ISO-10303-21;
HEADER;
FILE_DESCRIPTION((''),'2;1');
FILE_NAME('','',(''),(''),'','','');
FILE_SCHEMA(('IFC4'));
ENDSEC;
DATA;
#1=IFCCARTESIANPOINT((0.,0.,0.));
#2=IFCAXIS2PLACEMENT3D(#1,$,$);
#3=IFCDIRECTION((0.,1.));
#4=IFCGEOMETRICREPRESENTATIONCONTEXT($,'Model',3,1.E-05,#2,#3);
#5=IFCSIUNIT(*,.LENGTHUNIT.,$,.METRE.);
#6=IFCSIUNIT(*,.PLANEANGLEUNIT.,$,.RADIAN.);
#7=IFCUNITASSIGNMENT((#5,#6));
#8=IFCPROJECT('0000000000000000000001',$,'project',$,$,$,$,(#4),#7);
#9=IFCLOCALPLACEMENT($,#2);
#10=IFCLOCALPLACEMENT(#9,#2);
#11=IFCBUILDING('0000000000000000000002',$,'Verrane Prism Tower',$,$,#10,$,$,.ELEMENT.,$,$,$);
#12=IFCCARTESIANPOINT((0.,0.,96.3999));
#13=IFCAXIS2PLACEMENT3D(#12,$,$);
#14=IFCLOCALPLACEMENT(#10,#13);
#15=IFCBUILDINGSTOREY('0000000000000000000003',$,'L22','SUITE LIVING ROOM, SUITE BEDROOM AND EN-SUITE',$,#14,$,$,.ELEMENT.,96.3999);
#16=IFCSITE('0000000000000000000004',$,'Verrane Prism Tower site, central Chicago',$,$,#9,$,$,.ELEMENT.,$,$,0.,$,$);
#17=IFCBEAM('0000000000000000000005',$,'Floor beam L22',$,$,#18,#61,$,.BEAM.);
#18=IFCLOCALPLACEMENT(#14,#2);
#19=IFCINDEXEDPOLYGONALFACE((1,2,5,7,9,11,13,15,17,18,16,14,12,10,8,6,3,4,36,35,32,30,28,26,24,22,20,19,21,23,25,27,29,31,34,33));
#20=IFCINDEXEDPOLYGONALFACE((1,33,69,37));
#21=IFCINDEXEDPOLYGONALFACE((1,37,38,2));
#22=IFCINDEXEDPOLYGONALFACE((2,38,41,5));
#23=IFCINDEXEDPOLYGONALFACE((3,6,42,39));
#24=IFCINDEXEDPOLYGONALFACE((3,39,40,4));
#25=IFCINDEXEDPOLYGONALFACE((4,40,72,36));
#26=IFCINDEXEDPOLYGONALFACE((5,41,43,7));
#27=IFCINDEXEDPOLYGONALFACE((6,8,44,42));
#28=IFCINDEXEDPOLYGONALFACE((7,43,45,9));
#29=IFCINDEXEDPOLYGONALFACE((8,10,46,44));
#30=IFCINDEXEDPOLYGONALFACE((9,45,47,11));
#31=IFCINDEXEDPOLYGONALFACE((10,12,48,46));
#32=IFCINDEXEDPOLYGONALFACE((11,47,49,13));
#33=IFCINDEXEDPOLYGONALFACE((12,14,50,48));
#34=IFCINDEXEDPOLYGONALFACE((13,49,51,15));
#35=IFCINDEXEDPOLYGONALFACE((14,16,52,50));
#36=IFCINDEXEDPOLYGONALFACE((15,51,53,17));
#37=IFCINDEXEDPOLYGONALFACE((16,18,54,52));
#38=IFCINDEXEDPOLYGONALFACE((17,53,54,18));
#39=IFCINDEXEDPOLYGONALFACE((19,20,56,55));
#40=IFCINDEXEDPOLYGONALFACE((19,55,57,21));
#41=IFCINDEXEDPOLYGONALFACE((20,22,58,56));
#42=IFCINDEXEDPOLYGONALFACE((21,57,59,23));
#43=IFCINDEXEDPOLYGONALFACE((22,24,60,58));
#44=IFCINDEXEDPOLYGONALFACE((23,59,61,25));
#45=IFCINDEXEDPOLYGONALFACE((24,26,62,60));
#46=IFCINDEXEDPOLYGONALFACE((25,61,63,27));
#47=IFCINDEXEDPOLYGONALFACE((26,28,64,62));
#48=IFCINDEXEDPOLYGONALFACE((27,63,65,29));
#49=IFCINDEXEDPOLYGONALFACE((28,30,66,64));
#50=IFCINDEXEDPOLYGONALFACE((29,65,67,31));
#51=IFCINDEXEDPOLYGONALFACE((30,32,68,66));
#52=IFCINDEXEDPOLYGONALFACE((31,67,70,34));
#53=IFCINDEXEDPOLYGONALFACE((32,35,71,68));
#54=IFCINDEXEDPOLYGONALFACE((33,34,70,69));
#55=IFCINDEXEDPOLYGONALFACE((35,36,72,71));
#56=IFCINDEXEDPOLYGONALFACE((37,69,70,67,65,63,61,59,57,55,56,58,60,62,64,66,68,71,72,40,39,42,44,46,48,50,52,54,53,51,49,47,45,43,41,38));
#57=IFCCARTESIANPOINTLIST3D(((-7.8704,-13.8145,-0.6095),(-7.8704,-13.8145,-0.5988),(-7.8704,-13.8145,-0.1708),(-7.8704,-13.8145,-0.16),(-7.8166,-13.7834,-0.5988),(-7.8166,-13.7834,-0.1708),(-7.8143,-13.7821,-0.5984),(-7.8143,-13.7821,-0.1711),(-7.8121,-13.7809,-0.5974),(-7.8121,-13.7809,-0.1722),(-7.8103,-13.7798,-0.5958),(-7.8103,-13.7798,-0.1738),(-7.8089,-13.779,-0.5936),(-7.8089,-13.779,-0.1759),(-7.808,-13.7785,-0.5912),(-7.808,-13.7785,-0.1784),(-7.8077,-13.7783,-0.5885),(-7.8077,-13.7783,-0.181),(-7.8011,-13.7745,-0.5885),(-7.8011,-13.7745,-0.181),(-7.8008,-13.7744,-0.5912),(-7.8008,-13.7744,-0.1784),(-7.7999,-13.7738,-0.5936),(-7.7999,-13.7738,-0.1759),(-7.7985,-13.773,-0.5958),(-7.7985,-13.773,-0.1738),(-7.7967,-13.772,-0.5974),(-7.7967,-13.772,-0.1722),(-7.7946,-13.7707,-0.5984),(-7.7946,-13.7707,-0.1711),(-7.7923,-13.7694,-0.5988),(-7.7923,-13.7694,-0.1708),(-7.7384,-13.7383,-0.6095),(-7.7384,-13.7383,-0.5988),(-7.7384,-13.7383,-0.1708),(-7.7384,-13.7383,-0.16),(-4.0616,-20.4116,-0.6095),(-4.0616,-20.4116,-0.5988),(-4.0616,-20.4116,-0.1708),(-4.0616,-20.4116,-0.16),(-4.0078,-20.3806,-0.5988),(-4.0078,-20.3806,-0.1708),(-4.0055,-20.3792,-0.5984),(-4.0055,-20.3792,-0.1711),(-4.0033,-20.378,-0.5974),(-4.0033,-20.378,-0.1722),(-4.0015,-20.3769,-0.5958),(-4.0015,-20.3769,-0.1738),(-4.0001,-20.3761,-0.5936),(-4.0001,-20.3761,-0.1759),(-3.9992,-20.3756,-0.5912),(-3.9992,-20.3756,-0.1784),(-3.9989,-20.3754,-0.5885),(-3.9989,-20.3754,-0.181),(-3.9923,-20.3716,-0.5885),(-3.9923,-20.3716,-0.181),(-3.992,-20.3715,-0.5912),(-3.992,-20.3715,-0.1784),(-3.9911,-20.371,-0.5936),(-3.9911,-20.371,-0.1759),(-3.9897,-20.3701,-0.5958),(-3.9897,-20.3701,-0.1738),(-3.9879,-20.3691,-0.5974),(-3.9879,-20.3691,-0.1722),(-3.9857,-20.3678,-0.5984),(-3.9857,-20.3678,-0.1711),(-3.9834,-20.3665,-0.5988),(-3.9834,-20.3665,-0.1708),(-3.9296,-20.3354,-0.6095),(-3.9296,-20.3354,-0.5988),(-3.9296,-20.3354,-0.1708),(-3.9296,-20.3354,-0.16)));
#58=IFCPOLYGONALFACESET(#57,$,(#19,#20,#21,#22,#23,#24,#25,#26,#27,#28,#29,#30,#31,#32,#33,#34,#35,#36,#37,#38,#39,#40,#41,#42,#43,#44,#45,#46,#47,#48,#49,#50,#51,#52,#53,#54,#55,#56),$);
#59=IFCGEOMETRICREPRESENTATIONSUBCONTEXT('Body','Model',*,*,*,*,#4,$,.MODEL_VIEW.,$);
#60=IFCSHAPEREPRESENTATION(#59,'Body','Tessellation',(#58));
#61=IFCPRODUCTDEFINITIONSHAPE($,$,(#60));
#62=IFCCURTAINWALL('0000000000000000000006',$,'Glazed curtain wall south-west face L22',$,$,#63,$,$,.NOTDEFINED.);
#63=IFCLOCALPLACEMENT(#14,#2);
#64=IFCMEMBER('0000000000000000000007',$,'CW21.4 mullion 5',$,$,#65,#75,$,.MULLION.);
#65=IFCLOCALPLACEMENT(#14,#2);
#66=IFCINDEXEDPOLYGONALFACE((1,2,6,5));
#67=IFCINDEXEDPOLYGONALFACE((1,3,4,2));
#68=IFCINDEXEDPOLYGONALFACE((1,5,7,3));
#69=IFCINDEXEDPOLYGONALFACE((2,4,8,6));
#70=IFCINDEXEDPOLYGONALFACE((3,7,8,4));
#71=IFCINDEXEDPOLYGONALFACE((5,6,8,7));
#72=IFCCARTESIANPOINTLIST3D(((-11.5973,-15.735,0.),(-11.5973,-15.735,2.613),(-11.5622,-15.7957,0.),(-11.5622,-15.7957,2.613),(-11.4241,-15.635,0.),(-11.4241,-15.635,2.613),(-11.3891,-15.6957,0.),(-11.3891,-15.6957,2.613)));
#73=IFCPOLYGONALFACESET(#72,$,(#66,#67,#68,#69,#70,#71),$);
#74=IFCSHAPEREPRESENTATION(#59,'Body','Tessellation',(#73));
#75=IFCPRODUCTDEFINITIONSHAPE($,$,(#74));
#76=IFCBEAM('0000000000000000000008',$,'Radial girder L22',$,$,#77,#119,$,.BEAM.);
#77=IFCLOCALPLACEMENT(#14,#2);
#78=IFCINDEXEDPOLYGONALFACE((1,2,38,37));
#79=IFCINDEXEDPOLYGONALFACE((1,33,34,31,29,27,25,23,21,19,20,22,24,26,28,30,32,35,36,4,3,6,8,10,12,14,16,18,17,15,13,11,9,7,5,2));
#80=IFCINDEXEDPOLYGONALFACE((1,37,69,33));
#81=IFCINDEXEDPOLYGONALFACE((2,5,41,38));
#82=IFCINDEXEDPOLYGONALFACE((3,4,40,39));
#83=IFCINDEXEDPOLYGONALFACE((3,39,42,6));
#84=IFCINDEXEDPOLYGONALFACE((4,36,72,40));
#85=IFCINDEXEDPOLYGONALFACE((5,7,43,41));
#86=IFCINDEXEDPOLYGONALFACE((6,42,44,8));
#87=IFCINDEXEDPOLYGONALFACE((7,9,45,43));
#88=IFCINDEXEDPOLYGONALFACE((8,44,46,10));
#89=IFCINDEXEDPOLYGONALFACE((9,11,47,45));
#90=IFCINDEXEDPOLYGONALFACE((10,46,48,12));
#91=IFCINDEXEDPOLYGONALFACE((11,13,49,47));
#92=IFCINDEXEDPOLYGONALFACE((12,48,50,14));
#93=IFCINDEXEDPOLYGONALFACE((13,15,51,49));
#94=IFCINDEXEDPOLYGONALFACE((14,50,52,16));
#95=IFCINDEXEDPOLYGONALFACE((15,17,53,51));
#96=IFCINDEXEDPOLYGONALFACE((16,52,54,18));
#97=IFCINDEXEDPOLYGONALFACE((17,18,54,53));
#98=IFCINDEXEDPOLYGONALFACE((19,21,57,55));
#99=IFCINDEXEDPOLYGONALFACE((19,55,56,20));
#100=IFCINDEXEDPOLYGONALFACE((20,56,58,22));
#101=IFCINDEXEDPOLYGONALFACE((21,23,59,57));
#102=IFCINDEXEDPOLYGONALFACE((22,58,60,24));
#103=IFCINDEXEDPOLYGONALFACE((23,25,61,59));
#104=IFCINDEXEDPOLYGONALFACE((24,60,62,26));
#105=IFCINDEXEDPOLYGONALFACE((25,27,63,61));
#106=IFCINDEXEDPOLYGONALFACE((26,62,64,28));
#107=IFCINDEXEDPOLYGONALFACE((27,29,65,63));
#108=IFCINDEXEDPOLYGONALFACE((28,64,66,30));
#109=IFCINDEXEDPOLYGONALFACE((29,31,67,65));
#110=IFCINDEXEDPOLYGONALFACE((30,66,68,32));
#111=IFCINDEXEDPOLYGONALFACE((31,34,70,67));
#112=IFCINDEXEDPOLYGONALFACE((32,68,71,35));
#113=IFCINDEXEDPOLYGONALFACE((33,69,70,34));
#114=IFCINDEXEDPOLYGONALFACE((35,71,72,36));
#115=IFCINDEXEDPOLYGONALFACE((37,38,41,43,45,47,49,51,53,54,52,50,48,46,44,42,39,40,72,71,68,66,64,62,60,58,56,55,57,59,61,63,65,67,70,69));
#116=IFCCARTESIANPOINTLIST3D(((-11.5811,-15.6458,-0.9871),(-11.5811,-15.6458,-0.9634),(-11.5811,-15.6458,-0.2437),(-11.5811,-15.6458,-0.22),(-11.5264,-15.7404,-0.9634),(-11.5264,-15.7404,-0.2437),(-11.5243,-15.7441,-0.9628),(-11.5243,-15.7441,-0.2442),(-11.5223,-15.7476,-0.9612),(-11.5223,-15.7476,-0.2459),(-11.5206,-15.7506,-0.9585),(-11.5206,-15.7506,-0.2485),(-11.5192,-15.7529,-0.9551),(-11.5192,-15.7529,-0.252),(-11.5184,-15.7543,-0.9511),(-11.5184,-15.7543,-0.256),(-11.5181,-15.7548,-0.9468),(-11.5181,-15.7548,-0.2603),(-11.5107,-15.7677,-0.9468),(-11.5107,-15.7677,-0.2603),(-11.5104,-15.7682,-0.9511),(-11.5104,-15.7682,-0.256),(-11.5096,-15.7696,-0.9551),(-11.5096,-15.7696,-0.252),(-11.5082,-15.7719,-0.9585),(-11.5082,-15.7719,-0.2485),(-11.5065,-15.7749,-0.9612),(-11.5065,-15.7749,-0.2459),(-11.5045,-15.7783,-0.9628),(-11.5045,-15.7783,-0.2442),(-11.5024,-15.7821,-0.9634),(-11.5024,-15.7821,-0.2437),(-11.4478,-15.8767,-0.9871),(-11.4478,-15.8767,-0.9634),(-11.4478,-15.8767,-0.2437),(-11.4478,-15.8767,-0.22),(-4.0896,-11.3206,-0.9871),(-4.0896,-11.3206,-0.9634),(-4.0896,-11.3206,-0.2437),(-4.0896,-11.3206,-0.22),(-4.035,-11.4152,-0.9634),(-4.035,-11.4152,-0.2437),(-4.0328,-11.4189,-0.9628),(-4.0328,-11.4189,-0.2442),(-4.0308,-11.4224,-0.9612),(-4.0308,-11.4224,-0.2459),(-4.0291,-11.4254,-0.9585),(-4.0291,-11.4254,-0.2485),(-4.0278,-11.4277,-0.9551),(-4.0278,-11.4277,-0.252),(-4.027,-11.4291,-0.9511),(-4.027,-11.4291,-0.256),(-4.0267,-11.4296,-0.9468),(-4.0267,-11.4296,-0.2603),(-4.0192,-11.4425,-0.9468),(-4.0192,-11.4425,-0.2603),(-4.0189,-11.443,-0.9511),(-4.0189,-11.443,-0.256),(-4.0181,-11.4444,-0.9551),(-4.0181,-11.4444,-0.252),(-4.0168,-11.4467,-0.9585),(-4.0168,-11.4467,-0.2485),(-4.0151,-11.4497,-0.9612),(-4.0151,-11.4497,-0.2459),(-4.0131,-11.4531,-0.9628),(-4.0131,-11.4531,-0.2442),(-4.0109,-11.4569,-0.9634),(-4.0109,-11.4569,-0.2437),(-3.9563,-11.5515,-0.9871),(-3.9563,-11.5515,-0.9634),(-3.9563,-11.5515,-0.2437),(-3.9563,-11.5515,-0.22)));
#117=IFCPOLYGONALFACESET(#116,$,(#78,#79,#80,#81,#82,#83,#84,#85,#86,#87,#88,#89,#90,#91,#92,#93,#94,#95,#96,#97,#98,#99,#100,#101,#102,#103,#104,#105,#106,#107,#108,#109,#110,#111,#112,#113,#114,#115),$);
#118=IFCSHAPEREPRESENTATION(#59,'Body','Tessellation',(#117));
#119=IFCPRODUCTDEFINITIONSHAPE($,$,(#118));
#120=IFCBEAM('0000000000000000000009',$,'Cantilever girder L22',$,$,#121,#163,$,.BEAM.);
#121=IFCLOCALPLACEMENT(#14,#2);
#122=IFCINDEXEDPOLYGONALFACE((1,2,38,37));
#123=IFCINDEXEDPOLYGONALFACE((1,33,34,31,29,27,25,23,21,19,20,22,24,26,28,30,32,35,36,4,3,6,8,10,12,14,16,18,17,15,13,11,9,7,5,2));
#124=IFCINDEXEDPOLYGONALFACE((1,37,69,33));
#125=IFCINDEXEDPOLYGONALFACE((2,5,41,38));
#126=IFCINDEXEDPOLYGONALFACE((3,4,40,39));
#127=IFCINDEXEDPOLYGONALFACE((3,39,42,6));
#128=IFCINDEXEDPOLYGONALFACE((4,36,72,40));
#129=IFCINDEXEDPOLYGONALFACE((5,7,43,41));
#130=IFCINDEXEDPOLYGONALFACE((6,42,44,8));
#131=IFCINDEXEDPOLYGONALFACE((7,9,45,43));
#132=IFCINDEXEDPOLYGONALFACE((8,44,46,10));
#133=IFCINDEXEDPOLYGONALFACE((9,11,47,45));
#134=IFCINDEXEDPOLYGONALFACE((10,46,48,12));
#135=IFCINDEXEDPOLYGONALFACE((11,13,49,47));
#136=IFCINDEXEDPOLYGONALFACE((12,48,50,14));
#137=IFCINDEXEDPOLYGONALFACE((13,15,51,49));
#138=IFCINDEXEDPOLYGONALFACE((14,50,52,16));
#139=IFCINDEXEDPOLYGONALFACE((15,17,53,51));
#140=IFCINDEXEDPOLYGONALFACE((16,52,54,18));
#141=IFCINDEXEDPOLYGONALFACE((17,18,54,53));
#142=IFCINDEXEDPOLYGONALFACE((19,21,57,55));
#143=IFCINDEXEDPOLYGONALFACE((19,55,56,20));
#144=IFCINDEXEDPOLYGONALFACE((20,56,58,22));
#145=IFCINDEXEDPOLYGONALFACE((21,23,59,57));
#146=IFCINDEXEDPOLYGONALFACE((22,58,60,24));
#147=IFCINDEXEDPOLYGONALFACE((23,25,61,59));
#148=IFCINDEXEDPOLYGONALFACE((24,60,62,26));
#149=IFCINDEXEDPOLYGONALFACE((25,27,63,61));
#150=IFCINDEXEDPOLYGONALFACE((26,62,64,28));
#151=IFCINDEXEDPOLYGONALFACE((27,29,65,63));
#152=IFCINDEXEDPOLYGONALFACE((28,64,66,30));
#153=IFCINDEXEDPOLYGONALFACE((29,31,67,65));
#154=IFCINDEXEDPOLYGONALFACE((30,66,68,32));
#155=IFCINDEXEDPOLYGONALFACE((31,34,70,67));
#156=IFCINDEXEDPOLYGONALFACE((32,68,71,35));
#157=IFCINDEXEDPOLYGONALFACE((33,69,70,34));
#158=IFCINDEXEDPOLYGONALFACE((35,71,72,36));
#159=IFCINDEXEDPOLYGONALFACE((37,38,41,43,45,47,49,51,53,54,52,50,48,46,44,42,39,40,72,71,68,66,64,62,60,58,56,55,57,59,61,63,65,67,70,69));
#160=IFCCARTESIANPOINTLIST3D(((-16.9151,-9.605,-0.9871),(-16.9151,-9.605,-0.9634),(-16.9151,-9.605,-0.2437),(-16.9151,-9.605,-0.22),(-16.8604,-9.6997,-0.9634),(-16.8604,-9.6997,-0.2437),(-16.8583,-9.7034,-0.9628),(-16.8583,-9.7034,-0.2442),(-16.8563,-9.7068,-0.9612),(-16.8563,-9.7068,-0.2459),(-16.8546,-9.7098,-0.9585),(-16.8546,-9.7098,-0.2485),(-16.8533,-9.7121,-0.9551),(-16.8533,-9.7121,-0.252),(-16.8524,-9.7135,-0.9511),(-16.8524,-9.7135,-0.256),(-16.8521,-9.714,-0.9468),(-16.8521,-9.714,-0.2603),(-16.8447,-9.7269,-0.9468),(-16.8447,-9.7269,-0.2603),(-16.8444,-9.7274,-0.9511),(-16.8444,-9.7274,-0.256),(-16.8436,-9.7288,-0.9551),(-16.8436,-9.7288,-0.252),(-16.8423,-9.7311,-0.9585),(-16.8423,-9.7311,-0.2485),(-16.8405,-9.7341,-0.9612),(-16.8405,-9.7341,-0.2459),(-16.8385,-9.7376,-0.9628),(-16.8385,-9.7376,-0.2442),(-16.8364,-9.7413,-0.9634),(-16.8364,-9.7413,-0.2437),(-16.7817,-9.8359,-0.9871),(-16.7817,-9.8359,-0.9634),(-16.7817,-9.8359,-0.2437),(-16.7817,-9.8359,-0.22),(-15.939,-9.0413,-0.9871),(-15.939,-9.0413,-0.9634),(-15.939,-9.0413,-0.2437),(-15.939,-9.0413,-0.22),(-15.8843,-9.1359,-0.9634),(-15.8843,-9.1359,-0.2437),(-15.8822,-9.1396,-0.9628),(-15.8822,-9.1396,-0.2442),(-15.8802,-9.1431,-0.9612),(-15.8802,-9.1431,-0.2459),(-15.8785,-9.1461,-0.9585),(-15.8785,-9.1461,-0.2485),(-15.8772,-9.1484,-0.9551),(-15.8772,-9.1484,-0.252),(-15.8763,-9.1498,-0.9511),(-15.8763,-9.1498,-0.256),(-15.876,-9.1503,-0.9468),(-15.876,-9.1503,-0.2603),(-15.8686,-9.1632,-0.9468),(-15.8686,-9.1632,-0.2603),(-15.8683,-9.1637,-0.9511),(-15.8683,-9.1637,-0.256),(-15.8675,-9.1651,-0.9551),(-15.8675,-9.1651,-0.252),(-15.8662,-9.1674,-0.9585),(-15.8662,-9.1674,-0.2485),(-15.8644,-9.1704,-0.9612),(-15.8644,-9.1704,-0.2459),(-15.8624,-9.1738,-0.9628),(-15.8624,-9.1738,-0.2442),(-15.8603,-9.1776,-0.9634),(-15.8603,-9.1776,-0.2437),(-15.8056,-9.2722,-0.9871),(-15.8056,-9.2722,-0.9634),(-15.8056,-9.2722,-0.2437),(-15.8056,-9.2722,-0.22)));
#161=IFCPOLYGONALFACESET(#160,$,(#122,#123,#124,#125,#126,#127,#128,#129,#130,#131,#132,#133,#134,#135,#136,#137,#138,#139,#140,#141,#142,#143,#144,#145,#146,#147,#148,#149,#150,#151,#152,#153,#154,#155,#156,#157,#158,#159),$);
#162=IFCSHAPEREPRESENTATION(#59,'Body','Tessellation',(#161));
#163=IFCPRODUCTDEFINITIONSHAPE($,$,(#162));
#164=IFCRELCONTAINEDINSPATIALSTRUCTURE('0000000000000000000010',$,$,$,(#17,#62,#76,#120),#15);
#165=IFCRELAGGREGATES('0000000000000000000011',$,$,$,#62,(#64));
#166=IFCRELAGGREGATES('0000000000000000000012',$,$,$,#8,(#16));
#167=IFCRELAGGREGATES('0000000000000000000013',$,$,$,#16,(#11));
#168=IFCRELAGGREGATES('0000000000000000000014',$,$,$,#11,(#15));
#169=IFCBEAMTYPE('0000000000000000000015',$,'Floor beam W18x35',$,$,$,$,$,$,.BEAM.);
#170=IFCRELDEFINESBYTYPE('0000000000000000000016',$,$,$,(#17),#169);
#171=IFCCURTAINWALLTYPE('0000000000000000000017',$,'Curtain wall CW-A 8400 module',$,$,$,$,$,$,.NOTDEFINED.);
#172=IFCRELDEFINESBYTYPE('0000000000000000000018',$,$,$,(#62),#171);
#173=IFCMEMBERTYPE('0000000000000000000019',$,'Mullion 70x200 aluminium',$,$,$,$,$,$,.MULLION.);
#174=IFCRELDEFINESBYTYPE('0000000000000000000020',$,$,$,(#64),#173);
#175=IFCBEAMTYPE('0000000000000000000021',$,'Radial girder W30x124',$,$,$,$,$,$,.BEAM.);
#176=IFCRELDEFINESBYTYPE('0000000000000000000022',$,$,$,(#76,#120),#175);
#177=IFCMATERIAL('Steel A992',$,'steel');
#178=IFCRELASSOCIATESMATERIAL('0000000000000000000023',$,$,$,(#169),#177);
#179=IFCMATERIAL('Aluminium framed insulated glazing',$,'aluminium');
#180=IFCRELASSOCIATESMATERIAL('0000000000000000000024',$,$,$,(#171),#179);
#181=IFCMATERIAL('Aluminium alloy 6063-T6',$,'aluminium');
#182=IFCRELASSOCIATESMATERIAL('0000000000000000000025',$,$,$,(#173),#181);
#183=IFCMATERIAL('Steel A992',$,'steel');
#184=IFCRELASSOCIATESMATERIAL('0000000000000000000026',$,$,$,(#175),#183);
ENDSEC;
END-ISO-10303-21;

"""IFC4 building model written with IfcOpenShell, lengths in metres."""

from ifc_helpers import new_model, si_unit, direction, frame, origin, origin_2d, place, context, subcontext, project, spatial, rectangle, i_section, extrude, material, material_profile, profile_set, type_object, element, aggregate, save


model = new_model("IFC4")

# Units and contexts
model_context = context("Model", 3, precision=1e-05, world=origin(), true_north=direction((0.0, 1.0)))
body_context = subcontext(model_context, "Body", "Model", "MODEL_VIEW")
ifc_project = project(units=[si_unit("LENGTHUNIT", "METRE"), si_unit("PLANEANGLEUNIT", "RADIAN")], contexts=[model_context])

# Site, building, storey
site_placement = place(None, origin())
site = spatial("IfcSite", under=ifc_project, at=site_placement, Name="Verrane Prism Tower site, central Chicago", CompositionType="ELEMENT", RefElevation=0.0)
building_placement = place(site_placement, origin())
building = spatial("IfcBuilding", under=site, at=building_placement, Name="Verrane Prism Tower", CompositionType="ELEMENT")
storey_placement = place(building_placement, frame((0.0, 0.0, 96.3999)))
storey = spatial("IfcBuildingStorey", under=building, at=storey_placement, Name="L22", Description="SUITE LIVING ROOM, SUITE BEDROOM AND EN-SUITE", CompositionType="ELEMENT", Elevation=96.3999)

# Beam
ifc_material_1 = material(Name="Steel A992", Category="steel")
ifc_material_profile_1 = material_profile(ifc_material_1, i_section(OverallWidth=0.1523, OverallDepth=0.4495, WebThickness=0.0076, FlangeThickness=0.0107, FilletRadius=0.0103, at=origin_2d()), Name="W18x35")
ifc_profile_set_1 = profile_set([ifc_material_profile_1], Name="Steel A992")
beam_type_1 = type_object("IfcBeamType", Name="Floor beam W18x35", PredefinedType="BEAM", material=ifc_profile_set_1)
beam_1_placement = place(storey_placement, frame((-3.9956, -20.3735, -0.3848), z_axis=(-0.499996, 0.866028, 0.0), x_axis=(-0.866028, -0.499996, 0.0)))
element("IfcBeam", 1, at=beam_1_placement, inside=storey, type_object=beam_type_1, Name="Floor beam L22", PredefinedType="BEAM", context=body_context, shape_type="SweptSolid", body=[
    extrude(i_section(OverallWidth=0.1523, OverallDepth=0.4495, WebThickness=0.0076, FlangeThickness=0.0107, FilletRadius=0.0103, at=origin_2d()), origin(), (0.0, 0.0, 1.0), 7.6177),
])

# Curtain wall, member
ifc_material_2 = material(Name="Aluminium framed insulated glazing", Category="aluminium")
curtain_wall_type = type_object("IfcCurtainWallType", Name="Curtain wall CW-A 8400 module", PredefinedType="NOTDEFINED", material=ifc_material_2)
curtain_wall_placement = place(storey_placement, origin())
curtain_wall = element("IfcCurtainWall", 2, at=curtain_wall_placement, inside=storey, type_object=curtain_wall_type, Name="Glazed curtain wall south-west face L22", PredefinedType="NOTDEFINED")
ifc_material_3 = material(Name="Aluminium alloy 6063-T6", Category="aluminium")
ifc_material_profile_2 = material_profile(ifc_material_3, rectangle(XDim=0.2, YDim=0.0701, at=origin_2d()), Name="Mullion 70x200 aluminium")
ifc_profile_set_2 = profile_set([ifc_material_profile_2], Name="Aluminium alloy 6063-T6")
member_type_1 = type_object("IfcMemberType", Name="Mullion 70x200 aluminium", PredefinedType="MULLION", material=ifc_profile_set_2)
member_1_placement = place(storey_placement, frame((-11.4932, -15.7153, 0.0), z_axis=(0.0, 0.0, 1.0), x_axis=(0.866026, 0.5, 0.0)))
member_1 = element("IfcMember", 3, at=member_1_placement, type_object=member_type_1, Name="CW21.4 mullion 5", PredefinedType="MULLION", context=body_context, shape_type="SweptSolid", body=[
    extrude(rectangle(XDim=0.2, YDim=0.0701, at=origin_2d()), origin(), (0.0, 0.0, 1.0), 2.613),
])

# Beams
ifc_material_4 = material(Name="Steel A992", Category="steel")
ifc_material_profile_3 = material_profile(ifc_material_4, i_section(OverallWidth=0.2666, OverallDepth=0.7671, WebThickness=0.0149, FlangeThickness=0.0237, FilletRadius=0.0166, at=origin_2d()), Name="W30x124")
ifc_profile_set_3 = profile_set([ifc_material_profile_3], Name="Steel A992")
beam_type_2 = type_object("IfcBeamType", Name="Radial girder W30x124", PredefinedType="BEAM", material=ifc_profile_set_3)
beam_2_placement = place(storey_placement, frame((-11.5144, -15.7612, -0.6035), z_axis=(0.866025, 0.5, 0.0), x_axis=(-0.5, 0.866025, 0.0)))
element("IfcBeam", 4, at=beam_2_placement, inside=storey, type_object=beam_type_2, Name="Radial girder L22", PredefinedType="BEAM", context=body_context, shape_type="SweptSolid", body=[
    extrude(i_section(OverallWidth=0.2666, OverallDepth=0.7671, WebThickness=0.0149, FlangeThickness=0.0237, FilletRadius=0.0166, at=origin_2d()), origin(), (0.0, 0.0, 1.0), 8.6504),
])
beam_3_placement = place(storey_placement, frame((-15.8723, -9.1567, -0.6035), z_axis=(-0.865955, -0.500122, 0.0), x_axis=(0.500122, -0.865955, 0.0)))
element("IfcBeam", 5, at=beam_3_placement, inside=storey, type_object=beam_type_2, Name="Cantilever girder L22", PredefinedType="BEAM", context=body_context, shape_type="SweptSolid", body=[
    extrude(i_section(OverallWidth=0.2666, OverallDepth=0.7671, WebThickness=0.0149, FlangeThickness=0.0237, FilletRadius=0.0166, at=origin_2d()), origin(), (0.0, 0.0, 1.0), 1.1272),
])

aggregate(curtain_wall, [member_1])

save(model, "model.ifc")
